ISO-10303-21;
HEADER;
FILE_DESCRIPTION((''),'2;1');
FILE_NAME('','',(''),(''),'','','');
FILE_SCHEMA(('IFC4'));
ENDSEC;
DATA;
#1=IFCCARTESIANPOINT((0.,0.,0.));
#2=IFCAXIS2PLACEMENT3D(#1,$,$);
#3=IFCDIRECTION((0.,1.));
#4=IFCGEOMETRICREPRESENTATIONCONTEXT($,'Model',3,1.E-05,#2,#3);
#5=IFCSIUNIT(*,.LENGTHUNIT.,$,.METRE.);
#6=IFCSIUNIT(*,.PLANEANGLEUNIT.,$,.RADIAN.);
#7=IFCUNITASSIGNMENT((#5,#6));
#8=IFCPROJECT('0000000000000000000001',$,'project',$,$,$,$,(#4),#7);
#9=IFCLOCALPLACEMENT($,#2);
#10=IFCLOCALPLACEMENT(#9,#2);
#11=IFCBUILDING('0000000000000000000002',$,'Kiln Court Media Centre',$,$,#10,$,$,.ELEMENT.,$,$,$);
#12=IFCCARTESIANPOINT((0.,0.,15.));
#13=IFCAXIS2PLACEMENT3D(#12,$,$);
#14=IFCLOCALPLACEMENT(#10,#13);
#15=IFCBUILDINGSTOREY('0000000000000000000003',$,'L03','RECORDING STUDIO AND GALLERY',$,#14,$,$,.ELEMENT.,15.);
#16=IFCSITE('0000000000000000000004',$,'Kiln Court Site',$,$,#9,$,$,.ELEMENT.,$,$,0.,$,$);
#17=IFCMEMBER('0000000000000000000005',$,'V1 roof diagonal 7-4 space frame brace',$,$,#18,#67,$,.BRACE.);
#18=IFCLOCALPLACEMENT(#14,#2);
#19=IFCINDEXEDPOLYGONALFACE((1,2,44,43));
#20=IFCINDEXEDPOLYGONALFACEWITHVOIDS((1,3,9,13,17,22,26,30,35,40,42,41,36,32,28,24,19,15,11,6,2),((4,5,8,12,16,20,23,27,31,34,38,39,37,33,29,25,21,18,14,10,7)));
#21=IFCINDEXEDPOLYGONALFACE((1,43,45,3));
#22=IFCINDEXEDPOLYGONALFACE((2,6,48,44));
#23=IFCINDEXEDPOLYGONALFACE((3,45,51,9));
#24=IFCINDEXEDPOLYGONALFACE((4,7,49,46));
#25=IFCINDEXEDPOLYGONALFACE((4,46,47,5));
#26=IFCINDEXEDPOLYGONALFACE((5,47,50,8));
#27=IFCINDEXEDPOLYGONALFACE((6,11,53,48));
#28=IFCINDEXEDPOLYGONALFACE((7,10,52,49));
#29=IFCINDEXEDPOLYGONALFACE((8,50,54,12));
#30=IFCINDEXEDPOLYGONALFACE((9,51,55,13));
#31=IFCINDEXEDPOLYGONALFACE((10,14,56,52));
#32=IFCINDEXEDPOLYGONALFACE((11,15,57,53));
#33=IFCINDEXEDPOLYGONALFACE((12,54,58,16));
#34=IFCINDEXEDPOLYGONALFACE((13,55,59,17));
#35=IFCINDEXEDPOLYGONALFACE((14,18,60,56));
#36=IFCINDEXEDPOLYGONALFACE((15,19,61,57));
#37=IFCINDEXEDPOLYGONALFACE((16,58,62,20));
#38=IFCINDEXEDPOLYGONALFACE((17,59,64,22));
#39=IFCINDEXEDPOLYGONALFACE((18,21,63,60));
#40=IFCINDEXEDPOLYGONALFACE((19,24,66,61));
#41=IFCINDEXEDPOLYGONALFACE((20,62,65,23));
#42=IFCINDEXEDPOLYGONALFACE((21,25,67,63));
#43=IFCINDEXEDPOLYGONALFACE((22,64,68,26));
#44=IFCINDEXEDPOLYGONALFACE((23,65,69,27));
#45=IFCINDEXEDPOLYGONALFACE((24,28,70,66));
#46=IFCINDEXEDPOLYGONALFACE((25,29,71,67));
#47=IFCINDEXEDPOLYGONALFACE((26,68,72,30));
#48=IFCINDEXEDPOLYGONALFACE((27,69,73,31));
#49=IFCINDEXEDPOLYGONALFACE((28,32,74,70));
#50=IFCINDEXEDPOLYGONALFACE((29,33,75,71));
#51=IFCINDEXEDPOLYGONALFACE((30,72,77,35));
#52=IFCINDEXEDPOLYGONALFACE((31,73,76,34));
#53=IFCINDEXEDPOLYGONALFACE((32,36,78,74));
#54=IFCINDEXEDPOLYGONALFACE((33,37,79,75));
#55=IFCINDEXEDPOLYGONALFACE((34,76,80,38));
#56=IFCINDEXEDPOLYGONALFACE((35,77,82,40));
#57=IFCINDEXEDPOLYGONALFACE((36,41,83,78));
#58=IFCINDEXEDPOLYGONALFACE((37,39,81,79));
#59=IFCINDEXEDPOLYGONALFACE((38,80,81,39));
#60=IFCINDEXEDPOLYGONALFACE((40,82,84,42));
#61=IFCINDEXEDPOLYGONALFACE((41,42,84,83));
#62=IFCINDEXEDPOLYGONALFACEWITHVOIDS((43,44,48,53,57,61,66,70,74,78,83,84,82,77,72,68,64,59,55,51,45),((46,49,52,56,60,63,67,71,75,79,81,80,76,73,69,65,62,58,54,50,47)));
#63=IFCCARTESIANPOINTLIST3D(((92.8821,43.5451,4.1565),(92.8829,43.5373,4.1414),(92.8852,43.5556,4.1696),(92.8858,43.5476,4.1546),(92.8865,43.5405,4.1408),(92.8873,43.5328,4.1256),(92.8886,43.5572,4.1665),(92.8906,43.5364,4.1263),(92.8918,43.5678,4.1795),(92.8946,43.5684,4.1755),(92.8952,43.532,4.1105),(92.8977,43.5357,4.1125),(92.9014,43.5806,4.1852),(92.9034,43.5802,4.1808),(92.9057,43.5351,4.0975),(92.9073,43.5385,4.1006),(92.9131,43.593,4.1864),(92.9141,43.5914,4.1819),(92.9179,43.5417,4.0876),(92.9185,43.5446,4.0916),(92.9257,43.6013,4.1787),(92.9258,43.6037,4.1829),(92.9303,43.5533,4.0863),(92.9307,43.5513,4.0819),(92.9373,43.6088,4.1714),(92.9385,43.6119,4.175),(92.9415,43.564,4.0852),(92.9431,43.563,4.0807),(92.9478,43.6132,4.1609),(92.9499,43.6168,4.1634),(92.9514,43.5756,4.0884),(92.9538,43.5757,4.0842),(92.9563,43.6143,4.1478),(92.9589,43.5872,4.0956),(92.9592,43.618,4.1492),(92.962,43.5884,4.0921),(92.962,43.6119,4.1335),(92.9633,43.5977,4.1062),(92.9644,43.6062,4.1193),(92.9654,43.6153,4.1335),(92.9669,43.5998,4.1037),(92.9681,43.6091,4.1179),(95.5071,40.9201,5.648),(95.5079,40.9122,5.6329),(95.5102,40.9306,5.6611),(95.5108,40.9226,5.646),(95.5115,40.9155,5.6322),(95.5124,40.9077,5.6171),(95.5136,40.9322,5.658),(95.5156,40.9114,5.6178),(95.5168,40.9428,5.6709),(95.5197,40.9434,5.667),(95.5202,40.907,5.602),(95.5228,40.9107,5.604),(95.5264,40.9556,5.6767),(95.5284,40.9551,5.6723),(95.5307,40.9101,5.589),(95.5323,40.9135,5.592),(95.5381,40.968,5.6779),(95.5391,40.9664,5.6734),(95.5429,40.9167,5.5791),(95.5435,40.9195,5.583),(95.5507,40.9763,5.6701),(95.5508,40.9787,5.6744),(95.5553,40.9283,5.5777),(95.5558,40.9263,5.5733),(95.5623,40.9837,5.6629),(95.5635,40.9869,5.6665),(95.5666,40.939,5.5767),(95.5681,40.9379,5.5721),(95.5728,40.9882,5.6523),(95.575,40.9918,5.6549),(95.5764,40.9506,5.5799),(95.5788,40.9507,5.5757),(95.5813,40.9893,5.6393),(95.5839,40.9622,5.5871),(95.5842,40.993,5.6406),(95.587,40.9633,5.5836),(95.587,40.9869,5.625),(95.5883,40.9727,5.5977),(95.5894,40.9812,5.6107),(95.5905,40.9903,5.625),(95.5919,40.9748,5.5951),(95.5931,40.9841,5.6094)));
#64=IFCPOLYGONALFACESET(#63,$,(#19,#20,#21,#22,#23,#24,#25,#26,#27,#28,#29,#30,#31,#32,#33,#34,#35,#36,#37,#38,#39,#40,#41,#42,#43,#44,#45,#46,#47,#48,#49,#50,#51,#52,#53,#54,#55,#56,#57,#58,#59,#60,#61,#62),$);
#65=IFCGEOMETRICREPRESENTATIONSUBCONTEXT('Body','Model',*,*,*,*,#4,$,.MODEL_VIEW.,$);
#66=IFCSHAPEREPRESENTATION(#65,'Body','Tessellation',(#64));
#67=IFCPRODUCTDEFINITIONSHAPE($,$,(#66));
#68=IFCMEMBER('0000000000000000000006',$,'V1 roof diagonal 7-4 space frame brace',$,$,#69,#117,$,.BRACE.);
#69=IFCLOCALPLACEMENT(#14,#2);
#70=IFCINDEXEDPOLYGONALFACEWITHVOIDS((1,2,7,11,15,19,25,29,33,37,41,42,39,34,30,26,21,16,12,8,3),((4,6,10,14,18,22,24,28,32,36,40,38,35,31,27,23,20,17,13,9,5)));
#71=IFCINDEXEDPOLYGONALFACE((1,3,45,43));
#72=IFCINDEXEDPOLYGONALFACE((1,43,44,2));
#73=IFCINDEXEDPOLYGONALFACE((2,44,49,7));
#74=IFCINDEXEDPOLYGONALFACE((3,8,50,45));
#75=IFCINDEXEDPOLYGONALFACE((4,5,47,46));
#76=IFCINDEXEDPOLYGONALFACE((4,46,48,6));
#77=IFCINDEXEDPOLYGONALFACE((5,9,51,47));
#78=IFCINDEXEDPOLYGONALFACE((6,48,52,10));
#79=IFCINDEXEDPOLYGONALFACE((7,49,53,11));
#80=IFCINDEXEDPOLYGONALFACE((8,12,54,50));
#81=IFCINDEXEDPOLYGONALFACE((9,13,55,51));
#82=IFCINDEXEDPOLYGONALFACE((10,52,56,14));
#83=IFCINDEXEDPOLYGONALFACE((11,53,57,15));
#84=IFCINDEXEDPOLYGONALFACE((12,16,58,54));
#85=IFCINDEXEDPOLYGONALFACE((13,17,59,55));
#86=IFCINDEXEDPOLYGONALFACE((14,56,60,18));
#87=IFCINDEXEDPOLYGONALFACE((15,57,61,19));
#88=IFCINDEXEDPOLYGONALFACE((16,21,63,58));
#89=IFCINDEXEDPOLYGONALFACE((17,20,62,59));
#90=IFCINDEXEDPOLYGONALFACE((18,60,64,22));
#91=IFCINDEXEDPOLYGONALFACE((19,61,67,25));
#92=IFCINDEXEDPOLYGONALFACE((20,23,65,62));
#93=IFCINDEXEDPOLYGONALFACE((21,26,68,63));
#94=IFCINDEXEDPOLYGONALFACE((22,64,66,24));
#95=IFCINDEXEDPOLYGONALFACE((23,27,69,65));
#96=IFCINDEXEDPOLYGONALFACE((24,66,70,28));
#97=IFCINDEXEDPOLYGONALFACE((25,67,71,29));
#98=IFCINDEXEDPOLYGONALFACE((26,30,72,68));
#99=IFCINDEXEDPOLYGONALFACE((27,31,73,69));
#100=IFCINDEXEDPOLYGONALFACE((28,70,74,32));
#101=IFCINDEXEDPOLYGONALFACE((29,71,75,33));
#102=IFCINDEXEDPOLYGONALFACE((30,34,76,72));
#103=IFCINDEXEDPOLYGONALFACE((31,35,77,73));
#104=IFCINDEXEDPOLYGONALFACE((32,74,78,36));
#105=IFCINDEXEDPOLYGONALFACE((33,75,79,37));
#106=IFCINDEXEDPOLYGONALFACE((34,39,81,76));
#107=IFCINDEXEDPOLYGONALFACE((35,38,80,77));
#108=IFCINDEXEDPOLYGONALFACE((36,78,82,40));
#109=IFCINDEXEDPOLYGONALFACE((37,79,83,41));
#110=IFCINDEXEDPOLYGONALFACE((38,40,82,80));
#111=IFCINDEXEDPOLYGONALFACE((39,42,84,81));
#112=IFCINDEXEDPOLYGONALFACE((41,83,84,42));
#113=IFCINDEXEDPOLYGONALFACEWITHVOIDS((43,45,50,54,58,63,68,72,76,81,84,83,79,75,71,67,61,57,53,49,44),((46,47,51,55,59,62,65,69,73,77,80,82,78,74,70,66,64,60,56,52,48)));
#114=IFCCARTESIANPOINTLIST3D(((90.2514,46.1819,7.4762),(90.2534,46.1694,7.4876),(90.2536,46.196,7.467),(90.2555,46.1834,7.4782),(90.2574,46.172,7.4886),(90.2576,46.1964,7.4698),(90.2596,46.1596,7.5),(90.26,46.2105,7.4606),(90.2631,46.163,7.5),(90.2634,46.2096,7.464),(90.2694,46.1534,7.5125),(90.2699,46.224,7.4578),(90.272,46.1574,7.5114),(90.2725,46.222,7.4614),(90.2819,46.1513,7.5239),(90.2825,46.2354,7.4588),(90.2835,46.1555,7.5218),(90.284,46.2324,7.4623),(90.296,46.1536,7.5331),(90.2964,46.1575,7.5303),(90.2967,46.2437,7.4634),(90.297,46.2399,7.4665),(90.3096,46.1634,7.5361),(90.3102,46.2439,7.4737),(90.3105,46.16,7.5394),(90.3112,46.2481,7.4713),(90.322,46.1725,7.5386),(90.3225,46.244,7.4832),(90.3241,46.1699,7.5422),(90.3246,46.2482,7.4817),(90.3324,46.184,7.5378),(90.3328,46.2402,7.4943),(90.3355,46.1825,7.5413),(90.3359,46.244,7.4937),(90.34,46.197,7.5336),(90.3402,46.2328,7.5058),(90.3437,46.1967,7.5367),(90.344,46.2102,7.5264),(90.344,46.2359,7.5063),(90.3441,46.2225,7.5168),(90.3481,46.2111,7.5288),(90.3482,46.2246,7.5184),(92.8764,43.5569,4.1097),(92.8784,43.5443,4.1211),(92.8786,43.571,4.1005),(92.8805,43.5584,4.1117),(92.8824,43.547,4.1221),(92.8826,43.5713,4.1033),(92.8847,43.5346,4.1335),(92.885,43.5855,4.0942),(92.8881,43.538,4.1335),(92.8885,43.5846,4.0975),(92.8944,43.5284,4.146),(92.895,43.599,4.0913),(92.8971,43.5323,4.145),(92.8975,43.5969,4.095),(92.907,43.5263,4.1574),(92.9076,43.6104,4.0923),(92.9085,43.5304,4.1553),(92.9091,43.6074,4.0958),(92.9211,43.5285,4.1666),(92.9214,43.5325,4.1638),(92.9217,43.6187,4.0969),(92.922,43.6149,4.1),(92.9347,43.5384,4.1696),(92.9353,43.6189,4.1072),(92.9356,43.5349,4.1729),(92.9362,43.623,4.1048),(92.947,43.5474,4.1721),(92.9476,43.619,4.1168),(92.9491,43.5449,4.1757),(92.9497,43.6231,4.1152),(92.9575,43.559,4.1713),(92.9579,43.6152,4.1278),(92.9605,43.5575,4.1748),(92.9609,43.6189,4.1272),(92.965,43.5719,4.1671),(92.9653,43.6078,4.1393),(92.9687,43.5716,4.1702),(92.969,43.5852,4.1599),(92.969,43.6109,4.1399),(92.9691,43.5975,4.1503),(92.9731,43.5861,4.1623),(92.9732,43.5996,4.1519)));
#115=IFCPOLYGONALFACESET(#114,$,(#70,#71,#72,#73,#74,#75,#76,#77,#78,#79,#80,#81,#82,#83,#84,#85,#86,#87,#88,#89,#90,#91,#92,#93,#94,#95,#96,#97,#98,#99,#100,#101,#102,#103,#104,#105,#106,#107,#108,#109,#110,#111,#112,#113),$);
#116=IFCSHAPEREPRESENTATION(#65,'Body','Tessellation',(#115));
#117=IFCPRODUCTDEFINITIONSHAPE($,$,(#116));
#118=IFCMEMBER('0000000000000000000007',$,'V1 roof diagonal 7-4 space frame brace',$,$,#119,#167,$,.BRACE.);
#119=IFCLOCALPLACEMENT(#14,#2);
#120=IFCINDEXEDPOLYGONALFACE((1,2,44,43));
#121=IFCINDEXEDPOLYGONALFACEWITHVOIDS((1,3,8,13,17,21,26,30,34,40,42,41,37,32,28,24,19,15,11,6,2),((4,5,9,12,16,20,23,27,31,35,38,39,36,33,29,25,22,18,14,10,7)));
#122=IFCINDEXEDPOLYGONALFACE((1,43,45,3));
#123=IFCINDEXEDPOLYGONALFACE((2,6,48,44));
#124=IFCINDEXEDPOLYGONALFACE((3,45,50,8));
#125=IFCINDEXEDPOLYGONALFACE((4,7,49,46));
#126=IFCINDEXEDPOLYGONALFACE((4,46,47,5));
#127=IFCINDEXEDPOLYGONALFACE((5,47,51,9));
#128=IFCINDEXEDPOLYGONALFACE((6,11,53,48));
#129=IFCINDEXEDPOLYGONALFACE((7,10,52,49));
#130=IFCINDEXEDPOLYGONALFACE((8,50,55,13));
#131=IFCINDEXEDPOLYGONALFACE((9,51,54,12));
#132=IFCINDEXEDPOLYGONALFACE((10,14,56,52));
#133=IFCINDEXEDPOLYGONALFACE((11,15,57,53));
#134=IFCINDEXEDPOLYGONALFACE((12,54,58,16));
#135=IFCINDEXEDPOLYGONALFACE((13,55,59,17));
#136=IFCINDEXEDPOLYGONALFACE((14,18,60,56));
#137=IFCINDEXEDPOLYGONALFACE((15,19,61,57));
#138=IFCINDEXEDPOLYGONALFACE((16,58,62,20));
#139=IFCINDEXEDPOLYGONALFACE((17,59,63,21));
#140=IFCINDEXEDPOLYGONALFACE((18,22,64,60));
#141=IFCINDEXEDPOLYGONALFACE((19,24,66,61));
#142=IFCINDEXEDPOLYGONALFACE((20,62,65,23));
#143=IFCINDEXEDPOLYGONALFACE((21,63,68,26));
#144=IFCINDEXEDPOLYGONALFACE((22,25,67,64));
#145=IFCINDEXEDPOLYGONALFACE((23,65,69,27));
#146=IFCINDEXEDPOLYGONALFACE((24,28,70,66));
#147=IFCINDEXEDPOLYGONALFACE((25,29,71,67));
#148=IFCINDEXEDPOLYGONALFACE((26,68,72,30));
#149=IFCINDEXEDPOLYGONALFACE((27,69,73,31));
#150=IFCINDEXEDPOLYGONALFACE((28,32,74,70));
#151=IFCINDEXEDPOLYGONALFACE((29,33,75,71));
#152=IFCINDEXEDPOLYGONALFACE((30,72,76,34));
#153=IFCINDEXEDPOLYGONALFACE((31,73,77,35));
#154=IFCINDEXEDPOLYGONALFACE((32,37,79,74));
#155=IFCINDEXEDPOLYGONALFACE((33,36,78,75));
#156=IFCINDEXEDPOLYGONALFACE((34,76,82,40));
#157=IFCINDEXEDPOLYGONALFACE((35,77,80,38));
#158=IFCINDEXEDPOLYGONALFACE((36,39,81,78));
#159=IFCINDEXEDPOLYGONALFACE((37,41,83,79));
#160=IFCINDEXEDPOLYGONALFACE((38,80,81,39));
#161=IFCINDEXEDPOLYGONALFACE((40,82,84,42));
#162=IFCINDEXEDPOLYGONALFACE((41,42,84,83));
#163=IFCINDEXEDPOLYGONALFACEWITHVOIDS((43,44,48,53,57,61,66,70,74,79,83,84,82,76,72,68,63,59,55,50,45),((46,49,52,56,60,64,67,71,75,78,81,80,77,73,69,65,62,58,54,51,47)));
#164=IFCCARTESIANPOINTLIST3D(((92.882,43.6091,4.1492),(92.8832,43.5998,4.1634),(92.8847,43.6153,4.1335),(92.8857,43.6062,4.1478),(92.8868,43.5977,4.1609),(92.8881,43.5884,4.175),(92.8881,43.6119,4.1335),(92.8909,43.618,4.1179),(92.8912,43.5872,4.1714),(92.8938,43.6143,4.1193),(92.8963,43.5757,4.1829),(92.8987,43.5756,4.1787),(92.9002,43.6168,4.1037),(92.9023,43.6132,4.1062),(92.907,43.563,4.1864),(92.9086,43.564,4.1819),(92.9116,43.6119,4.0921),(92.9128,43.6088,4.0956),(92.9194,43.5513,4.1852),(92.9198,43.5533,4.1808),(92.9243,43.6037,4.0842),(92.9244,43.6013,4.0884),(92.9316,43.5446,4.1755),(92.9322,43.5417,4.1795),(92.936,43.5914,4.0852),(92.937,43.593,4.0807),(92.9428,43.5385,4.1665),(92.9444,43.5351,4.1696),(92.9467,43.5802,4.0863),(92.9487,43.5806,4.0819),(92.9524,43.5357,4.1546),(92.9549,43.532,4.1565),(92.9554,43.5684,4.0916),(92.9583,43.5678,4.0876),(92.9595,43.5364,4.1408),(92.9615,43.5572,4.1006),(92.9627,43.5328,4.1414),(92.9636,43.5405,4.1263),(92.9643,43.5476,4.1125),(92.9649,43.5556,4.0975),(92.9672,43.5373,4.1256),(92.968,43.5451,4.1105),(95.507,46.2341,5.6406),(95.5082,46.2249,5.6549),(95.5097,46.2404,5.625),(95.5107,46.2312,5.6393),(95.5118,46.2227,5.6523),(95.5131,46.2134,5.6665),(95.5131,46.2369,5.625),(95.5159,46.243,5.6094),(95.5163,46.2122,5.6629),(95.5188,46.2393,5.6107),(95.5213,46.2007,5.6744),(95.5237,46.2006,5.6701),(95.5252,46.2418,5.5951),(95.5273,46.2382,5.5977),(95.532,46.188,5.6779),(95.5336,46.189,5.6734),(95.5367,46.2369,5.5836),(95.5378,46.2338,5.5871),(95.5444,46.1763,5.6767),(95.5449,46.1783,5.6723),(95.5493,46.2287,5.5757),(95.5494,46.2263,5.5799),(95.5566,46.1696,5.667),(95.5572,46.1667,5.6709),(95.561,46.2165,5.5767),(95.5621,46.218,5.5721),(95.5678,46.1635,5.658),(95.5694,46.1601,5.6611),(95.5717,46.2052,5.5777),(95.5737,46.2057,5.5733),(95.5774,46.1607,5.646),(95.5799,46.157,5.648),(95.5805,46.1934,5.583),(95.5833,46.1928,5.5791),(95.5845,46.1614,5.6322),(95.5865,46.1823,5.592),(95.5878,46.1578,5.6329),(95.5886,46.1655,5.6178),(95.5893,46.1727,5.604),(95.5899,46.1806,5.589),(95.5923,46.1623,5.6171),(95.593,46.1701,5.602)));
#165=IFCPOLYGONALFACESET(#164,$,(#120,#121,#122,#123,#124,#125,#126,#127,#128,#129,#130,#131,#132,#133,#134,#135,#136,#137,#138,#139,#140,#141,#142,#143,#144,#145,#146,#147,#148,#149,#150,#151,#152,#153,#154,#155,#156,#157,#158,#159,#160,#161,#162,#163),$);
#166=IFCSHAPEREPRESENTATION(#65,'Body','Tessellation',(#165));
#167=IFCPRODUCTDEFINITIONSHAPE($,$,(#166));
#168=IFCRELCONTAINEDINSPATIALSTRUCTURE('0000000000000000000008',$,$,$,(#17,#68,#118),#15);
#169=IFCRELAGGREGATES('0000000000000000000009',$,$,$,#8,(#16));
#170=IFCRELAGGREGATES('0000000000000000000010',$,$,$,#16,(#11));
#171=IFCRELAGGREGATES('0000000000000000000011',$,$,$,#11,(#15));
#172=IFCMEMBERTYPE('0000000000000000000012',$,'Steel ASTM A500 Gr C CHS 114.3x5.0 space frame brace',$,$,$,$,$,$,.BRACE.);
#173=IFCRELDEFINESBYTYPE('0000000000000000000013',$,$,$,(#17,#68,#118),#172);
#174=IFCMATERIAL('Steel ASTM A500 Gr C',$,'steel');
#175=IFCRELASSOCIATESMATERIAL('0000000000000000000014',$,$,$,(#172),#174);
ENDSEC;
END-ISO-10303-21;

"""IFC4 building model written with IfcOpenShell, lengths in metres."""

from ifc_helpers import new_model, si_unit, direction, frame, origin, origin_2d, place, context, subcontext, project, spatial, hollow_circle, extrude, material, material_profile, profile_set, type_object, element, save


model = new_model("IFC4")

# Units and contexts
model_context = context("Model", 3, precision=1e-05, world=origin(), true_north=direction((0.0, 1.0)))
body_context = subcontext(model_context, "Body", "Model", "MODEL_VIEW")
ifc_project = project(units=[si_unit("LENGTHUNIT", "METRE"), si_unit("PLANEANGLEUNIT", "RADIAN")], contexts=[model_context])

# Site, building, storey
site_placement = place(None, origin())
site = spatial("IfcSite", under=ifc_project, at=site_placement, Name="Kiln Court Site", CompositionType="ELEMENT", RefElevation=0.0)
building_placement = place(site_placement, origin())
building = spatial("IfcBuilding", under=site, at=building_placement, Name="Kiln Court Media Centre", CompositionType="ELEMENT")
storey_placement = place(building_placement, frame((0.0, 0.0, 15.0)))
storey = spatial("IfcBuildingStorey", under=building, at=storey_placement, Name="L03", Description="RECORDING STUDIO AND GALLERY", CompositionType="ELEMENT", Elevation=15.0)

# Members
ifc_material_1 = material(Name="Steel ASTM A500 Gr C", Category="steel")
ifc_material_profile_1 = material_profile(ifc_material_1, hollow_circle(Radius=0.0571, WallThickness=0.0049, at=origin_2d()), Name="CHS 114.3x5.0")
ifc_profile_set_1 = profile_set([ifc_material_profile_1], Name="Steel ASTM A500 Gr C")
member_type_1 = type_object("IfcMemberType", Name="Steel ASTM A500 Gr C CHS 114.3x5.0 space frame brace", PredefinedType="BRACE", material=ifc_profile_set_1)
member_1_placement = place(storey_placement, frame((92.925, 43.575, 4.1335), z_axis=(0.656133, -0.656133, 0.372798), x_axis=(0.707107, 0.707107, 0.0)))
element("IfcMember", 1, at=member_1_placement, inside=storey, type_object=member_type_1, Name="V1 roof diagonal 7-4 space frame brace", PredefinedType="BRACE", context=body_context, shape_type="SweptSolid", body=[
    extrude(hollow_circle(Radius=0.0571, WallThickness=0.0049, at=origin_2d()), origin(), (0.0, 0.0, 1.0), 4.0007),
])
member_2_placement = place(storey_placement, frame((92.925, 43.575, 4.1335), z_axis=(-0.523804, 0.523804, 0.671758), x_axis=(-0.707107, -0.707107, 0.0)))
element("IfcMember", 2, at=member_2_placement, inside=storey, type_object=member_type_1, Name="V1 roof diagonal 7-4 space frame brace", PredefinedType="BRACE", context=body_context, shape_type="SweptSolid", body=[
    extrude(hollow_circle(Radius=0.0571, WallThickness=0.0049, at=origin_2d()), origin(), (0.0, 0.0, 1.0), 5.0115),
])
member_3_placement = place(storey_placement, frame((92.925, 43.575, 4.1335), z_axis=(0.656133, 0.656133, 0.372798), x_axis=(-0.707107, 0.707107, 0.0)))
element("IfcMember", 3, at=member_3_placement, inside=storey, type_object=member_type_1, Name="V1 roof diagonal 7-4 space frame brace", PredefinedType="BRACE", context=body_context, shape_type="SweptSolid", body=[
    extrude(hollow_circle(Radius=0.0571, WallThickness=0.0049, at=origin_2d()), origin(), (0.0, 0.0, 1.0), 4.0007),
])

save(model, "model.ifc")
